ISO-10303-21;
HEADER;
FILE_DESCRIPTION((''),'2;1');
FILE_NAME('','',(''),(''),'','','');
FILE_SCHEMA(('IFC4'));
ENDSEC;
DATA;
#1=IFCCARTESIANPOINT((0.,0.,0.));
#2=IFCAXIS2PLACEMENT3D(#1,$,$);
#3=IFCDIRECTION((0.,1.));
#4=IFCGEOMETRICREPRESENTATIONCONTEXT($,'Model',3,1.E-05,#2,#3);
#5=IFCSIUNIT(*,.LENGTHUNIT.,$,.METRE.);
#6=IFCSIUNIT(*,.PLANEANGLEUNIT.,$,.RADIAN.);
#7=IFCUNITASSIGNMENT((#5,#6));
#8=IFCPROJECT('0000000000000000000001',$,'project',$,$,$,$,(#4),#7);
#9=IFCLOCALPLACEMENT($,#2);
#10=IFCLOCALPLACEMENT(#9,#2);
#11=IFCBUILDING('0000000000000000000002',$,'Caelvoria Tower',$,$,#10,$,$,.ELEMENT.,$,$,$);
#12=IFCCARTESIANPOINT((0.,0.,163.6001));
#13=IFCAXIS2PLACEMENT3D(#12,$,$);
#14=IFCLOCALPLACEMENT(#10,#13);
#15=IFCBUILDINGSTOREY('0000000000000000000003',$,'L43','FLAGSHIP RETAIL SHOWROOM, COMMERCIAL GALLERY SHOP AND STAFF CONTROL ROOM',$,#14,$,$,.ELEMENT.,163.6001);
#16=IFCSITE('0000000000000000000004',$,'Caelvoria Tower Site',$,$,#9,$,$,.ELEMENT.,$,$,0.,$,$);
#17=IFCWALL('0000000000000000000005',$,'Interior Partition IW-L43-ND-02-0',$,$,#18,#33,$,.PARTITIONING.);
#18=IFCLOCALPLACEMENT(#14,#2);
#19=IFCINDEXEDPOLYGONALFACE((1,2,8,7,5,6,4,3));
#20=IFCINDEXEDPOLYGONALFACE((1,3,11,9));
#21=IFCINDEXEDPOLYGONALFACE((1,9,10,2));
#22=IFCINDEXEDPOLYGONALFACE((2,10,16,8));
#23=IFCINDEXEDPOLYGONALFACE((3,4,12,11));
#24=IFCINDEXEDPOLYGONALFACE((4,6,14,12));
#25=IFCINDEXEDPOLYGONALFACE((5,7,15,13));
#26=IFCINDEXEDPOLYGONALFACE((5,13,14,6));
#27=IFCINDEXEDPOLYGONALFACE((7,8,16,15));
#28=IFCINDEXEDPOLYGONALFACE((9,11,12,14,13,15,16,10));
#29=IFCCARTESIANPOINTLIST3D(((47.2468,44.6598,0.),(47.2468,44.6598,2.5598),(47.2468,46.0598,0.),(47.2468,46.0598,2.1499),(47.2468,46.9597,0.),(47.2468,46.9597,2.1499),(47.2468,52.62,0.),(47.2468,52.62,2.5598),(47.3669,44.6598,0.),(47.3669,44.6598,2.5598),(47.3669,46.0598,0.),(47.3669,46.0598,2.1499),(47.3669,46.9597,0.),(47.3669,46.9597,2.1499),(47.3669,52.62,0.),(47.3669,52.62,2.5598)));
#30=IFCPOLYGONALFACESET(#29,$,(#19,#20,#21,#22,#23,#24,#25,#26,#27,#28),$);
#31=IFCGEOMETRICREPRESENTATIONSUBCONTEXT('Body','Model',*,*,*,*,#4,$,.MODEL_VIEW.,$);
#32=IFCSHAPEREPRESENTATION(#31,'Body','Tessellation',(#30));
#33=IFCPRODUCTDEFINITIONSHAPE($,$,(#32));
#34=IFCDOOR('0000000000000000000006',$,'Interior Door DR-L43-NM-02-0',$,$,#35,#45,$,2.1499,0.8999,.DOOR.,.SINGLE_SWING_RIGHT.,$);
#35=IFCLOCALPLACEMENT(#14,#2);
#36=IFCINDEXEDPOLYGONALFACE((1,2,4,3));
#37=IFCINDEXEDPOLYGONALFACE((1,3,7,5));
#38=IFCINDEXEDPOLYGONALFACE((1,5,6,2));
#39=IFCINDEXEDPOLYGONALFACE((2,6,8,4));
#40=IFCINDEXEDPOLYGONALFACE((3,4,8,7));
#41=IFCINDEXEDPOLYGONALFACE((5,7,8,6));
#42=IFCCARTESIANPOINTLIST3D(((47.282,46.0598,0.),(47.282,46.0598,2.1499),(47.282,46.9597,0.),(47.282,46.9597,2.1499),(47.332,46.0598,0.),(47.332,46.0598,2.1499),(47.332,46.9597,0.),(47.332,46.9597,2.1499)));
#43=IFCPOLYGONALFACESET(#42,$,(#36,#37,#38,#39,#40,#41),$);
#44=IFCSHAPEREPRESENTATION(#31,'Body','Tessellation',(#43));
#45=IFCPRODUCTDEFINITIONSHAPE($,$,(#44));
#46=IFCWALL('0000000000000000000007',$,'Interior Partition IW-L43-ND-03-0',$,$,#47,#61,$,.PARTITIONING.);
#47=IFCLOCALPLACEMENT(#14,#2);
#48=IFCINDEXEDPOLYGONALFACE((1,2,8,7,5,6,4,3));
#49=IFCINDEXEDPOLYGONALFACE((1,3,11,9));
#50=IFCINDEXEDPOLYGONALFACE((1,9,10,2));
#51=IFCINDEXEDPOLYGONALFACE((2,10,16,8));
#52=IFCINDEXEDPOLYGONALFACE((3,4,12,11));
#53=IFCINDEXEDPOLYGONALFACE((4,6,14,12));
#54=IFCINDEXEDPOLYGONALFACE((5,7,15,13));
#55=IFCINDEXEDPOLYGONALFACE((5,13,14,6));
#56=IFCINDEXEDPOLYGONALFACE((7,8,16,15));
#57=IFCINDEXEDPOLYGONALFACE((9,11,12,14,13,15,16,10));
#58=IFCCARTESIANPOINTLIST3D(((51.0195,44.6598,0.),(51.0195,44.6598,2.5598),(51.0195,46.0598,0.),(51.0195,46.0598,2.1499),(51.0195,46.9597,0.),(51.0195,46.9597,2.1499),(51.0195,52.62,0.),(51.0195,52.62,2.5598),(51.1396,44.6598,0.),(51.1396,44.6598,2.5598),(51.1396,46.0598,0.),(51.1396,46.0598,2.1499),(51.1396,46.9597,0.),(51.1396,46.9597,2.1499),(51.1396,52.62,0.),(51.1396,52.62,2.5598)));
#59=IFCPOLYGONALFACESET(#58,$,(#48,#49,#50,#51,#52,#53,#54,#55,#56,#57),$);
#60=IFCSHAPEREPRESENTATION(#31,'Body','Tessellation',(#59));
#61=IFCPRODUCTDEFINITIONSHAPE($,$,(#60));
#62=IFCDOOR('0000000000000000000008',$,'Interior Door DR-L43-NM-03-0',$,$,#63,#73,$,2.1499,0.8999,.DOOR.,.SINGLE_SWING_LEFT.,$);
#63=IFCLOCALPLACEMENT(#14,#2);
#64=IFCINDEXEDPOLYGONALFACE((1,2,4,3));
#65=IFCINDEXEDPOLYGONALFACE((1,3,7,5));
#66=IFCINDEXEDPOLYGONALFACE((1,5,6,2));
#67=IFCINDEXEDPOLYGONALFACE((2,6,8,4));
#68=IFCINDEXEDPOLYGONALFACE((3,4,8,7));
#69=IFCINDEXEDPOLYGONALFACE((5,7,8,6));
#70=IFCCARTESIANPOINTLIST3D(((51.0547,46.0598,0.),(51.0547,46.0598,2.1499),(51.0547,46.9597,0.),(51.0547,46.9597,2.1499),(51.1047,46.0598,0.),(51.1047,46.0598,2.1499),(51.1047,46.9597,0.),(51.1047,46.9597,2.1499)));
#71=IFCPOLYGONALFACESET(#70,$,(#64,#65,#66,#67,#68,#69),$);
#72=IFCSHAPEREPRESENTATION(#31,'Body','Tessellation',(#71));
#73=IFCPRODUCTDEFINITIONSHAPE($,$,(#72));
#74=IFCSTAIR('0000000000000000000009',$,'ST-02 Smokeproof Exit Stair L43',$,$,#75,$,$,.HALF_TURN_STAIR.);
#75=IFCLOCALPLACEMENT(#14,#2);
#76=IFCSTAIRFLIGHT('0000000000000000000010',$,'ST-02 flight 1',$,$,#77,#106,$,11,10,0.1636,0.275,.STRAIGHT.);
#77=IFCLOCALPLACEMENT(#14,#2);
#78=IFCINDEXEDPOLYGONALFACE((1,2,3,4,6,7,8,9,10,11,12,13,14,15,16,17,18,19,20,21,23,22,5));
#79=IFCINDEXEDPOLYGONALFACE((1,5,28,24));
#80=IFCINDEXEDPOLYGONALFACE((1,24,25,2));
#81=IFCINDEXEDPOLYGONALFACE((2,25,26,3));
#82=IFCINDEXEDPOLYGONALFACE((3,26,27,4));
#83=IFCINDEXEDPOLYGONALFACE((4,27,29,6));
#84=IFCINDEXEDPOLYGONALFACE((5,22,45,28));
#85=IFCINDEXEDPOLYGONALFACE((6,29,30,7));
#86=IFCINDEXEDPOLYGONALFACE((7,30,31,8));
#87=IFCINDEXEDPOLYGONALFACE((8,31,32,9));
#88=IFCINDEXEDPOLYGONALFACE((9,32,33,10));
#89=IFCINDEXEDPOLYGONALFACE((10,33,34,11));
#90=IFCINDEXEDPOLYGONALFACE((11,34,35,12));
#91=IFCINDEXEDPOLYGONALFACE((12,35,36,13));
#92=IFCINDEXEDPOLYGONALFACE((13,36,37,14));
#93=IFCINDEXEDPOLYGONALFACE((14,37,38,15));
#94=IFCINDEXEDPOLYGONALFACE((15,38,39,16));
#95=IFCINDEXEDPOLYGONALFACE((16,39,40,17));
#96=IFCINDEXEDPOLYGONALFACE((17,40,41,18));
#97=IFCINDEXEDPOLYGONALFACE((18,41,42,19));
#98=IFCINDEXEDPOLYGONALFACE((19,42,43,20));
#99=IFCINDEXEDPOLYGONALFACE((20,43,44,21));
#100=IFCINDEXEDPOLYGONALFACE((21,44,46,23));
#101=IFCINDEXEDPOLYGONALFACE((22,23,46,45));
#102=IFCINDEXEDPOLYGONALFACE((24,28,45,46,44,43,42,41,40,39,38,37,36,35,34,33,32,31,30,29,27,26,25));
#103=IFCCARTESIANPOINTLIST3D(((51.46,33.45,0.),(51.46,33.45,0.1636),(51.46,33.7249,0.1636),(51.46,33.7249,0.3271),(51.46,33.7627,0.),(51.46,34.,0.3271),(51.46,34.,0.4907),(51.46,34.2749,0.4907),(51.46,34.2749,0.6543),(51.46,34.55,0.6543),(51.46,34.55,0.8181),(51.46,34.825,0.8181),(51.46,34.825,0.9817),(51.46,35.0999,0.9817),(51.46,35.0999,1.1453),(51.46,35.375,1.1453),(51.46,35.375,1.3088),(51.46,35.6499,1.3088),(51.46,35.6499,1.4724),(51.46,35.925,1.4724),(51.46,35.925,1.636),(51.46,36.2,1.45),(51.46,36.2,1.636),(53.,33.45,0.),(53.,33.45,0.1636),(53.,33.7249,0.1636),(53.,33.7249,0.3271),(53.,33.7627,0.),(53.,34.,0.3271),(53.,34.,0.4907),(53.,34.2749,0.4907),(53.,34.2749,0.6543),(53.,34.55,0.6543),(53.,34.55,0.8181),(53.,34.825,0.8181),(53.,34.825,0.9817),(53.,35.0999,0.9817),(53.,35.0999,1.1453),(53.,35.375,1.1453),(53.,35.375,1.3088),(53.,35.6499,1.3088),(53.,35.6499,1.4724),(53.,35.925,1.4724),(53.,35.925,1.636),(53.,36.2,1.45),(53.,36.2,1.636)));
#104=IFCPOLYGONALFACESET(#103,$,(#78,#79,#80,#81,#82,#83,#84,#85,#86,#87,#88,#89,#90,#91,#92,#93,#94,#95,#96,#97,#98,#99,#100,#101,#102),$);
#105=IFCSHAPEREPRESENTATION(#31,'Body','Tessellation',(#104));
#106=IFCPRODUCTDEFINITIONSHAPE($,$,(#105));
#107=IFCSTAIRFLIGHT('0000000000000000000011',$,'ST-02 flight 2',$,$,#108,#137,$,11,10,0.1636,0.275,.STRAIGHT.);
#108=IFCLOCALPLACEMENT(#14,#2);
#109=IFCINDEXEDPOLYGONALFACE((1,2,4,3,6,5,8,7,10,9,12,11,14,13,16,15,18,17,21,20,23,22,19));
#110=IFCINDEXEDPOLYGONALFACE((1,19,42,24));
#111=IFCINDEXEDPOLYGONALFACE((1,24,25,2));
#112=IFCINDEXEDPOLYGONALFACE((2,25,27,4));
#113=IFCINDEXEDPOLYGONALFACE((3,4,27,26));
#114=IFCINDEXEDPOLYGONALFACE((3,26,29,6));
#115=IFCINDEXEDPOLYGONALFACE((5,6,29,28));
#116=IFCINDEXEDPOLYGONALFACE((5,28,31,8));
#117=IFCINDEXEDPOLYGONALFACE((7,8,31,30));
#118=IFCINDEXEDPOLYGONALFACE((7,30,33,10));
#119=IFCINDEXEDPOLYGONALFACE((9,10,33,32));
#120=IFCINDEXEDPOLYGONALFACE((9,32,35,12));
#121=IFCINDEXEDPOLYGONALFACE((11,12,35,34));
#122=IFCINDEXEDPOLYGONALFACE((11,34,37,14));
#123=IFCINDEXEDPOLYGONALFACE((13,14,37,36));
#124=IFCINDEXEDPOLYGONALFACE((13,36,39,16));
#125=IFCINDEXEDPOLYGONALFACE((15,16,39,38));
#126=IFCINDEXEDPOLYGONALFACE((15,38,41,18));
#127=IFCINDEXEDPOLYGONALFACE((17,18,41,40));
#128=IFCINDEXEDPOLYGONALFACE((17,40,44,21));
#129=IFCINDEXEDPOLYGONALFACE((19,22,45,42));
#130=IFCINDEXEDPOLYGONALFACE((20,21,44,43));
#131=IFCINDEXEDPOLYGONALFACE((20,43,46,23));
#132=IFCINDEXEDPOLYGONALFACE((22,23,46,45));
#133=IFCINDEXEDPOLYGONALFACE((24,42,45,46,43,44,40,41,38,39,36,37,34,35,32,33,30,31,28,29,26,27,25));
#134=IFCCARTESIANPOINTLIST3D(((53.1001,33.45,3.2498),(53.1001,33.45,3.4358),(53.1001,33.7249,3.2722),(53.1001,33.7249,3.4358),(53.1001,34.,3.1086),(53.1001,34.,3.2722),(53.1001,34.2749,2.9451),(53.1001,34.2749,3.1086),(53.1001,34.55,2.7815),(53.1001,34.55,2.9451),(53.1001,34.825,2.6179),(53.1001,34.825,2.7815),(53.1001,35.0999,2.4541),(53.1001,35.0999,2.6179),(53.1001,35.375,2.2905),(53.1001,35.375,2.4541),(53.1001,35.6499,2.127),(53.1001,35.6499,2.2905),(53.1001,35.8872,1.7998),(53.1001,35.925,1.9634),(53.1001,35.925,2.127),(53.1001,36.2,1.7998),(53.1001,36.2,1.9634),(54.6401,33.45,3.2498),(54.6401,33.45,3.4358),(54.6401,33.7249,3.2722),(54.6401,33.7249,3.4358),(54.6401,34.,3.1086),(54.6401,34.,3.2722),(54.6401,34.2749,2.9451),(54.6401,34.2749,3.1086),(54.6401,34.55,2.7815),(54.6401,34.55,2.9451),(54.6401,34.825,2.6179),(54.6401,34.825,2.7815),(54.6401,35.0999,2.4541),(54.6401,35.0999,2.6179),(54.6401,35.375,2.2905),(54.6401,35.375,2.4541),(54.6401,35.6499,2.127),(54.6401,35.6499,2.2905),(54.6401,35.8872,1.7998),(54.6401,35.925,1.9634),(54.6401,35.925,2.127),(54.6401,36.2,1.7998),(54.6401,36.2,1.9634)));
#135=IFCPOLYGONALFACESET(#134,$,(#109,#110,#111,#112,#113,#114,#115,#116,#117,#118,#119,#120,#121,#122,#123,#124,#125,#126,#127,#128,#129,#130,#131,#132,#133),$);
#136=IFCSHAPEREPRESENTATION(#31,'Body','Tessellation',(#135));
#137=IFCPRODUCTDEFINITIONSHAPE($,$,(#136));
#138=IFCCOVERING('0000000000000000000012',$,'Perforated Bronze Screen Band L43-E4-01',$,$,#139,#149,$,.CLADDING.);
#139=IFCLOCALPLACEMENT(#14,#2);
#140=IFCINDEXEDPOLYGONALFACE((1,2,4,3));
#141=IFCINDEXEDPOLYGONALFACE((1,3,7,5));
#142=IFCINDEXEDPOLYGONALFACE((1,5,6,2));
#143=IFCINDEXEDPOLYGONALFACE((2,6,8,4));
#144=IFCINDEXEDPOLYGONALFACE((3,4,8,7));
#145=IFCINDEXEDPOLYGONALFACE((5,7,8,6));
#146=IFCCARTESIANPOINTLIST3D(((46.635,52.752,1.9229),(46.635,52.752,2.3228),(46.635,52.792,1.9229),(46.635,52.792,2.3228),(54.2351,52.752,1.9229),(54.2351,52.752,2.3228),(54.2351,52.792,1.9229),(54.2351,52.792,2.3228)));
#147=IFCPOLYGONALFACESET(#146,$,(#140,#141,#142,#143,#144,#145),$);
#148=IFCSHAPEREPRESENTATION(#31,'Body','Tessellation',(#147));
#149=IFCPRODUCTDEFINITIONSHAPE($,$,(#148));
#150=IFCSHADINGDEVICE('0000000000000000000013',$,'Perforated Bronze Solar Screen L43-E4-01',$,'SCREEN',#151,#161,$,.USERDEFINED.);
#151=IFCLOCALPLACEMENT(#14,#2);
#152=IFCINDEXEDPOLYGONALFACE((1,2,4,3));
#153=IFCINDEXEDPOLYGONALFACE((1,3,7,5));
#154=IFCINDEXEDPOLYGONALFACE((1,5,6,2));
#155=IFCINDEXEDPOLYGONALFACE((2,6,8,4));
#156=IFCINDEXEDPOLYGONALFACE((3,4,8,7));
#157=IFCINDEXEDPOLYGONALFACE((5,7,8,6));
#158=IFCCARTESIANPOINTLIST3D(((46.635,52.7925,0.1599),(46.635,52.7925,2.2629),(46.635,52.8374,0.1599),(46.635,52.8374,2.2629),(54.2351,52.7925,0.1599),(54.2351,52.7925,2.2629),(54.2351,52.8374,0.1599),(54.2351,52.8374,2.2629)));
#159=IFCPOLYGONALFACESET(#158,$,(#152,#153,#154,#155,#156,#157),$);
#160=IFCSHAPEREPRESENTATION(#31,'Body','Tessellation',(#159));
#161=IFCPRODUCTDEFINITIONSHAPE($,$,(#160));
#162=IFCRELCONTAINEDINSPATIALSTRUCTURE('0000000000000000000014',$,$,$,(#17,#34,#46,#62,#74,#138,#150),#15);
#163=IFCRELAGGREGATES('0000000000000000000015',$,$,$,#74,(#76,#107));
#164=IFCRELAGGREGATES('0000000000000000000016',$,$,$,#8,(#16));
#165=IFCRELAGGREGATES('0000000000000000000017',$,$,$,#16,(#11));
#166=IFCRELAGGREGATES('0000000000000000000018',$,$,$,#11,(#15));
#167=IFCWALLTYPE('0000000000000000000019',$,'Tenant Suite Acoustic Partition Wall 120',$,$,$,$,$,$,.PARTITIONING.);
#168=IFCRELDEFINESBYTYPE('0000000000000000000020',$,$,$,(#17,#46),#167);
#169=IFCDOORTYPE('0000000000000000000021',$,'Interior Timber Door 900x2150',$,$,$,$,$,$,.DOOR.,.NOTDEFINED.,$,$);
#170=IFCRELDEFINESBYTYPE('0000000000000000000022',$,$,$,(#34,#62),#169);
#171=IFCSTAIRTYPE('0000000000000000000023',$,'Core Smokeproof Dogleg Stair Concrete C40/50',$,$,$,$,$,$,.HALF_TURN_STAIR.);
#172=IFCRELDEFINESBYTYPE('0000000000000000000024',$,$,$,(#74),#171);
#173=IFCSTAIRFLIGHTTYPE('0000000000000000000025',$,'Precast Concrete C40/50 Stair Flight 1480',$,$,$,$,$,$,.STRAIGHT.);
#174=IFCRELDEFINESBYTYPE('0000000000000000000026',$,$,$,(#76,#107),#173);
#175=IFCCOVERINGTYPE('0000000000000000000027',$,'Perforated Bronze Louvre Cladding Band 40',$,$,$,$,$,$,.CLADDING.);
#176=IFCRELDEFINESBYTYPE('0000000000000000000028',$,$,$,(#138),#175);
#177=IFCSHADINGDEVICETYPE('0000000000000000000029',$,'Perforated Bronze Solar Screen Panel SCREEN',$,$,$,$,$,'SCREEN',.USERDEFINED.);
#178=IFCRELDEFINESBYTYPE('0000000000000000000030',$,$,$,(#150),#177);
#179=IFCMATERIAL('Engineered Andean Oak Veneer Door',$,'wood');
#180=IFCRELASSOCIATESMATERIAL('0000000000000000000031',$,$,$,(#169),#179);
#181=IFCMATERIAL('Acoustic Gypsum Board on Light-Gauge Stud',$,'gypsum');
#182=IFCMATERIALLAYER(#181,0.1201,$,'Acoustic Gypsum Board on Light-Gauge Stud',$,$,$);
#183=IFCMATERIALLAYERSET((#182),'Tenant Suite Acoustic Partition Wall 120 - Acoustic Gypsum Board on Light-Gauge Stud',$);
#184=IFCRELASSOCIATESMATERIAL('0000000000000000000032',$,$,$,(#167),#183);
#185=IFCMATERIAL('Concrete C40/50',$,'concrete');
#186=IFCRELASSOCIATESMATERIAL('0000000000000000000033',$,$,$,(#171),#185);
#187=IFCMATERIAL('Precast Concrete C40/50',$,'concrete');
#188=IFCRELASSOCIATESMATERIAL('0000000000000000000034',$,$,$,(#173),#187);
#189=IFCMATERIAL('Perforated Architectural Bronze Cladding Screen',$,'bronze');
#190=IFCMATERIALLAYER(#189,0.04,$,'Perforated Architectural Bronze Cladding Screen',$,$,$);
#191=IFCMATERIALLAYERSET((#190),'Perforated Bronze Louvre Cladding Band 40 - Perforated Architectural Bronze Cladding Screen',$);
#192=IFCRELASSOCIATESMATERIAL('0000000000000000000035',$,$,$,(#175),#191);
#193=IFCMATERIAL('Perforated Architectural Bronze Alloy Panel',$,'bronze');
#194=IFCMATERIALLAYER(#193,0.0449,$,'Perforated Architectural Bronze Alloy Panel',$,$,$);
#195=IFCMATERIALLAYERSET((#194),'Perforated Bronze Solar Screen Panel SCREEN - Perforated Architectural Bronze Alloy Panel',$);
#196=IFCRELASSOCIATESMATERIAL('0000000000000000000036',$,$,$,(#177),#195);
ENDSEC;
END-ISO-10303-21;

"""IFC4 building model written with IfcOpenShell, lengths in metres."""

from ifc_helpers import new_model, si_unit, direction, frame, frame_2d, origin, origin_2d, place, context, subcontext, project, spatial, polyline, rectangle, outline, extrude, material, layer, layer_set, type_object, element, fill, aggregate, save


model = new_model("IFC4")

# Units and contexts
model_context = context("Model", 3, precision=1e-05, world=origin(), true_north=direction((0.0, 1.0)))
body_context = subcontext(model_context, "Body", "Model", "MODEL_VIEW")
ifc_project = project(units=[si_unit("LENGTHUNIT", "METRE"), si_unit("PLANEANGLEUNIT", "RADIAN")], contexts=[model_context])

# Site, building, storey
site_placement = place(None, origin())
site = spatial("IfcSite", under=ifc_project, at=site_placement, Name="Caelvoria Tower Site", CompositionType="ELEMENT", RefElevation=0.0)
building_placement = place(site_placement, origin())
building = spatial("IfcBuilding", under=site, at=building_placement, Name="Caelvoria Tower", CompositionType="ELEMENT")
storey_placement = place(building_placement, frame((0.0, 0.0, 163.6001)))
storey = spatial("IfcBuildingStorey", under=building, at=storey_placement, Name="L43", Description="FLAGSHIP RETAIL SHOWROOM, COMMERCIAL GALLERY SHOP AND STAFF CONTROL ROOM", CompositionType="ELEMENT", Elevation=163.6001)

# Walls, openings, doors
ifc_material_1 = material(Name="Engineered Andean Oak Veneer Door", Category="wood")
door_type_1 = type_object("IfcDoorType", Name="Interior Timber Door 900x2150", OperationType="NOTDEFINED", PredefinedType="DOOR", material=ifc_material_1)
ifc_material_2 = material(Name="Acoustic Gypsum Board on Light-Gauge Stud", Category="gypsum")
ifc_layer_1 = layer(ifc_material_2, 0.1201, Name="Acoustic Gypsum Board on Light-Gauge Stud")
ifc_layer_set_1 = layer_set([ifc_layer_1], Name="Tenant Suite Acoustic Partition Wall 120 - Acoustic Gypsum Board on Light-Gauge Stud")
wall_type_1 = type_object("IfcWallType", Name="Tenant Suite Acoustic Partition Wall 120", PredefinedType="PARTITIONING", material=ifc_layer_set_1)
wall_1_placement = place(storey_placement, frame((47.3069, 44.6599, 0.0), z_axis=(0.0, 0.0, 1.0), x_axis=(0.0, 1.0, 0.0)))
wall_1 = element("IfcWall", 1, at=wall_1_placement, inside=storey, type_object=wall_type_1, Name="Interior Partition IW-L43-ND-02-0", PredefinedType="PARTITIONING", context=body_context, shape_type="SweptSolid", body=[
    extrude(rectangle(XDim=7.9602, YDim=0.1201, at=frame_2d((3.98, 0.0))), origin(), (0.0, 0.0, 1.0), 2.5598),
])
opening_1_placement = place(wall_1_placement, frame((1.3999, 0.0, 0.0)))
opening_1 = element("IfcOpeningElement", 2, at=opening_1_placement, cuts=wall_1, PredefinedType="OPENING", context=body_context, shape_type="SweptSolid", body=[
    extrude(rectangle(XDim=0.8999, YDim=2.1499, at=frame_2d((0.45, 1.075))), frame((0.0, 0.0701, 0.0), z_axis=(0.0, -1.0, 0.0), x_axis=(1.0, 0.0, 0.0)), (0.0, 0.0, 1.0), 0.1401),
])
door_1_placement = place(opening_1_placement, origin())
door_1 = element("IfcDoor", 3, at=door_1_placement, inside=storey, type_object=door_type_1, Name="Interior Door DR-L43-NM-02-0", OperationType="SINGLE_SWING_RIGHT", OverallHeight=2.1499, OverallWidth=0.8999, PredefinedType="DOOR", context=body_context, shape_type="SweptSolid", body=[
    extrude(rectangle(XDim=0.8999, YDim=2.1499, at=frame_2d((0.45, 1.075))), frame((0.0, 0.0249, 0.0), z_axis=(0.0, -1.0, 0.0), x_axis=(1.0, 0.0, 0.0)), (0.0, 0.0, 1.0), 0.05),
])
fill(opening_1, door_1)
wall_2_placement = place(storey_placement, frame((51.0796, 44.6599, 0.0), z_axis=(0.0, 0.0, 1.0), x_axis=(0.0, 1.0, 0.0)))
wall_2 = element("IfcWall", 4, at=wall_2_placement, inside=storey, type_object=wall_type_1, Name="Interior Partition IW-L43-ND-03-0", PredefinedType="PARTITIONING", context=body_context, shape_type="SweptSolid", body=[
    extrude(rectangle(XDim=7.9602, YDim=0.1201, at=frame_2d((3.98, 0.0))), origin(), (0.0, 0.0, 1.0), 2.5598),
])
opening_2_placement = place(wall_2_placement, frame((1.3999, 0.0, 0.0)))
opening_2 = element("IfcOpeningElement", 5, at=opening_2_placement, cuts=wall_2, PredefinedType="OPENING", context=body_context, shape_type="SweptSolid", body=[
    extrude(rectangle(XDim=0.8999, YDim=2.1499, at=frame_2d((0.45, 1.075))), frame((0.0, 0.0701, 0.0), z_axis=(0.0, -1.0, 0.0), x_axis=(1.0, 0.0, 0.0)), (0.0, 0.0, 1.0), 0.1401),
])
door_2_placement = place(opening_2_placement, origin())
door_2 = element("IfcDoor", 6, at=door_2_placement, inside=storey, type_object=door_type_1, Name="Interior Door DR-L43-NM-03-0", OperationType="SINGLE_SWING_LEFT", OverallHeight=2.1499, OverallWidth=0.8999, PredefinedType="DOOR", context=body_context, shape_type="SweptSolid", body=[
    extrude(rectangle(XDim=0.8999, YDim=2.1499, at=frame_2d((0.45, 1.075))), frame((0.0, 0.0249, 0.0), z_axis=(0.0, -1.0, 0.0), x_axis=(1.0, 0.0, 0.0)), (0.0, 0.0, 1.0), 0.05),
])
fill(opening_2, door_2)

# Stair, stair flights
ifc_material_3 = material(Name="Concrete C40/50", Category="concrete")
stair_type = type_object("IfcStairType", Name="Core Smokeproof Dogleg Stair Concrete C40/50", PredefinedType="HALF_TURN_STAIR", material=ifc_material_3)
stair_placement = place(storey_placement, origin())
stair = element("IfcStair", 7, at=stair_placement, inside=storey, type_object=stair_type, Name="ST-02 Smokeproof Exit Stair L43", PredefinedType="HALF_TURN_STAIR")
ifc_material_4 = material(Name="Precast Concrete C40/50", Category="concrete")
stair_flight_type = type_object("IfcStairFlightType", Name="Precast Concrete C40/50 Stair Flight 1480", PredefinedType="STRAIGHT", material=ifc_material_4)
stair_flight_1_placement = place(storey_placement, frame((52.23, 33.45, 0.0), z_axis=(0.0, 0.0, 1.0), x_axis=(0.0, 1.0, 0.0)))
stair_flight_1 = element("IfcStairFlight", 8, at=stair_flight_1_placement, type_object=stair_flight_type, Name="ST-02 flight 1", NumberOfRisers=11, NumberOfTreads=10, PredefinedType="STRAIGHT", RiserHeight=0.1636, TreadLength=0.275, context=body_context, shape_type="SweptSolid", body=[
    extrude(outline(polyline([(0.0, 0.0), (0.0, 0.1636), (0.2749, 0.1636), (0.2749, 0.3271), (0.55, 0.3271), (0.55, 0.4907), (0.825, 0.4907), (0.825, 0.6543), (1.1001, 0.6543), (1.1001, 0.8181), (1.375, 0.8181), (1.375, 0.9817), (1.6499, 0.9817), (1.6499, 1.1453), (1.925, 1.1453), (1.925, 1.3088), (2.2, 1.3088), (2.2, 1.4724), (2.4751, 1.4724), (2.4751, 1.636), (2.75, 1.636), (2.75, 1.7996), (2.75, 1.45), (0.3127, 0.0), (0.0, 0.0)])), frame((0.0, 0.77, 0.0), z_axis=(0.0, -1.0, 0.0), x_axis=(1.0, 0.0, 0.0)), (0.0, 0.0, 1.0), 1.54),
])
stair_flight_2_placement = place(storey_placement, frame((53.8701, 36.2, 1.7998), z_axis=(0.0, 0.0, 1.0), x_axis=(0.0, -1.0, 0.0)))
stair_flight_2 = element("IfcStairFlight", 9, at=stair_flight_2_placement, type_object=stair_flight_type, Name="ST-02 flight 2", NumberOfRisers=11, NumberOfTreads=10, PredefinedType="STRAIGHT", RiserHeight=0.1636, TreadLength=0.275, context=body_context, shape_type="SweptSolid", body=[
    extrude(outline(polyline([(0.0, 0.0), (0.0, 0.1636), (0.2749, 0.1636), (0.2749, 0.3271), (0.55, 0.3271), (0.55, 0.4907), (0.825, 0.4907), (0.825, 0.6543), (1.1001, 0.6543), (1.1001, 0.8181), (1.375, 0.8181), (1.375, 0.9817), (1.6499, 0.9817), (1.6499, 1.1453), (1.925, 1.1453), (1.925, 1.3088), (2.2, 1.3088), (2.2, 1.4724), (2.4751, 1.4724), (2.4751, 1.636), (2.75, 1.636), (2.75, 1.7996), (2.75, 1.45), (0.3127, 0.0), (0.0, 0.0)])), frame((0.0, 0.77, 0.0), z_axis=(0.0, -1.0, 0.0), x_axis=(1.0, 0.0, 0.0)), (0.0, 0.0, 1.0), 1.54),
])
aggregate(stair, [stair_flight_1, stair_flight_2])

# Covering
ifc_material_5 = material(Name="Perforated Architectural Bronze Cladding Screen", Category="bronze")
ifc_layer_2 = layer(ifc_material_5, 0.04, Name="Perforated Architectural Bronze Cladding Screen")
ifc_layer_set_2 = layer_set([ifc_layer_2], Name="Perforated Bronze Louvre Cladding Band 40 - Perforated Architectural Bronze Cladding Screen")
covering_type = type_object("IfcCoveringType", Name="Perforated Bronze Louvre Cladding Band 40", PredefinedType="CLADDING", material=ifc_layer_set_2)
covering_placement = place(storey_placement, frame((50.4351, 52.772, 1.9229), z_axis=(0.0, 0.0, 1.0), x_axis=(-1.0, 0.0, 0.0)))
element("IfcCovering", 10, at=covering_placement, inside=storey, type_object=covering_type, Name="Perforated Bronze Screen Band L43-E4-01", PredefinedType="CLADDING", context=body_context, shape_type="SweptSolid", body=[
    extrude(rectangle(XDim=7.6001, YDim=0.04, at=origin_2d()), origin(), (0.0, 0.0, 1.0), 0.3999),
])

# Shading device
ifc_material_6 = material(Name="Perforated Architectural Bronze Alloy Panel", Category="bronze")
ifc_layer_3 = layer(ifc_material_6, 0.0449, Name="Perforated Architectural Bronze Alloy Panel")
ifc_layer_set_3 = layer_set([ifc_layer_3], Name="Perforated Bronze Solar Screen Panel SCREEN - Perforated Architectural Bronze Alloy Panel")
shading_device_type = type_object("IfcShadingDeviceType", Name="Perforated Bronze Solar Screen Panel SCREEN", ElementType="SCREEN", PredefinedType="USERDEFINED", material=ifc_layer_set_3)
shading_device_placement = place(storey_placement, frame((50.4351, 52.8149, 0.1599), z_axis=(0.0, 0.0, 1.0), x_axis=(-1.0, 0.0, 0.0)))
element("IfcShadingDevice", 11, at=shading_device_placement, inside=storey, type_object=shading_device_type, Name="Perforated Bronze Solar Screen L43-E4-01", ObjectType="SCREEN", PredefinedType="USERDEFINED", context=body_context, shape_type="SweptSolid", body=[
    extrude(rectangle(XDim=7.6001, YDim=0.0449, at=origin_2d()), origin(), (0.0, 0.0, 1.0), 2.103),
])

save(model, "model.ifc")
